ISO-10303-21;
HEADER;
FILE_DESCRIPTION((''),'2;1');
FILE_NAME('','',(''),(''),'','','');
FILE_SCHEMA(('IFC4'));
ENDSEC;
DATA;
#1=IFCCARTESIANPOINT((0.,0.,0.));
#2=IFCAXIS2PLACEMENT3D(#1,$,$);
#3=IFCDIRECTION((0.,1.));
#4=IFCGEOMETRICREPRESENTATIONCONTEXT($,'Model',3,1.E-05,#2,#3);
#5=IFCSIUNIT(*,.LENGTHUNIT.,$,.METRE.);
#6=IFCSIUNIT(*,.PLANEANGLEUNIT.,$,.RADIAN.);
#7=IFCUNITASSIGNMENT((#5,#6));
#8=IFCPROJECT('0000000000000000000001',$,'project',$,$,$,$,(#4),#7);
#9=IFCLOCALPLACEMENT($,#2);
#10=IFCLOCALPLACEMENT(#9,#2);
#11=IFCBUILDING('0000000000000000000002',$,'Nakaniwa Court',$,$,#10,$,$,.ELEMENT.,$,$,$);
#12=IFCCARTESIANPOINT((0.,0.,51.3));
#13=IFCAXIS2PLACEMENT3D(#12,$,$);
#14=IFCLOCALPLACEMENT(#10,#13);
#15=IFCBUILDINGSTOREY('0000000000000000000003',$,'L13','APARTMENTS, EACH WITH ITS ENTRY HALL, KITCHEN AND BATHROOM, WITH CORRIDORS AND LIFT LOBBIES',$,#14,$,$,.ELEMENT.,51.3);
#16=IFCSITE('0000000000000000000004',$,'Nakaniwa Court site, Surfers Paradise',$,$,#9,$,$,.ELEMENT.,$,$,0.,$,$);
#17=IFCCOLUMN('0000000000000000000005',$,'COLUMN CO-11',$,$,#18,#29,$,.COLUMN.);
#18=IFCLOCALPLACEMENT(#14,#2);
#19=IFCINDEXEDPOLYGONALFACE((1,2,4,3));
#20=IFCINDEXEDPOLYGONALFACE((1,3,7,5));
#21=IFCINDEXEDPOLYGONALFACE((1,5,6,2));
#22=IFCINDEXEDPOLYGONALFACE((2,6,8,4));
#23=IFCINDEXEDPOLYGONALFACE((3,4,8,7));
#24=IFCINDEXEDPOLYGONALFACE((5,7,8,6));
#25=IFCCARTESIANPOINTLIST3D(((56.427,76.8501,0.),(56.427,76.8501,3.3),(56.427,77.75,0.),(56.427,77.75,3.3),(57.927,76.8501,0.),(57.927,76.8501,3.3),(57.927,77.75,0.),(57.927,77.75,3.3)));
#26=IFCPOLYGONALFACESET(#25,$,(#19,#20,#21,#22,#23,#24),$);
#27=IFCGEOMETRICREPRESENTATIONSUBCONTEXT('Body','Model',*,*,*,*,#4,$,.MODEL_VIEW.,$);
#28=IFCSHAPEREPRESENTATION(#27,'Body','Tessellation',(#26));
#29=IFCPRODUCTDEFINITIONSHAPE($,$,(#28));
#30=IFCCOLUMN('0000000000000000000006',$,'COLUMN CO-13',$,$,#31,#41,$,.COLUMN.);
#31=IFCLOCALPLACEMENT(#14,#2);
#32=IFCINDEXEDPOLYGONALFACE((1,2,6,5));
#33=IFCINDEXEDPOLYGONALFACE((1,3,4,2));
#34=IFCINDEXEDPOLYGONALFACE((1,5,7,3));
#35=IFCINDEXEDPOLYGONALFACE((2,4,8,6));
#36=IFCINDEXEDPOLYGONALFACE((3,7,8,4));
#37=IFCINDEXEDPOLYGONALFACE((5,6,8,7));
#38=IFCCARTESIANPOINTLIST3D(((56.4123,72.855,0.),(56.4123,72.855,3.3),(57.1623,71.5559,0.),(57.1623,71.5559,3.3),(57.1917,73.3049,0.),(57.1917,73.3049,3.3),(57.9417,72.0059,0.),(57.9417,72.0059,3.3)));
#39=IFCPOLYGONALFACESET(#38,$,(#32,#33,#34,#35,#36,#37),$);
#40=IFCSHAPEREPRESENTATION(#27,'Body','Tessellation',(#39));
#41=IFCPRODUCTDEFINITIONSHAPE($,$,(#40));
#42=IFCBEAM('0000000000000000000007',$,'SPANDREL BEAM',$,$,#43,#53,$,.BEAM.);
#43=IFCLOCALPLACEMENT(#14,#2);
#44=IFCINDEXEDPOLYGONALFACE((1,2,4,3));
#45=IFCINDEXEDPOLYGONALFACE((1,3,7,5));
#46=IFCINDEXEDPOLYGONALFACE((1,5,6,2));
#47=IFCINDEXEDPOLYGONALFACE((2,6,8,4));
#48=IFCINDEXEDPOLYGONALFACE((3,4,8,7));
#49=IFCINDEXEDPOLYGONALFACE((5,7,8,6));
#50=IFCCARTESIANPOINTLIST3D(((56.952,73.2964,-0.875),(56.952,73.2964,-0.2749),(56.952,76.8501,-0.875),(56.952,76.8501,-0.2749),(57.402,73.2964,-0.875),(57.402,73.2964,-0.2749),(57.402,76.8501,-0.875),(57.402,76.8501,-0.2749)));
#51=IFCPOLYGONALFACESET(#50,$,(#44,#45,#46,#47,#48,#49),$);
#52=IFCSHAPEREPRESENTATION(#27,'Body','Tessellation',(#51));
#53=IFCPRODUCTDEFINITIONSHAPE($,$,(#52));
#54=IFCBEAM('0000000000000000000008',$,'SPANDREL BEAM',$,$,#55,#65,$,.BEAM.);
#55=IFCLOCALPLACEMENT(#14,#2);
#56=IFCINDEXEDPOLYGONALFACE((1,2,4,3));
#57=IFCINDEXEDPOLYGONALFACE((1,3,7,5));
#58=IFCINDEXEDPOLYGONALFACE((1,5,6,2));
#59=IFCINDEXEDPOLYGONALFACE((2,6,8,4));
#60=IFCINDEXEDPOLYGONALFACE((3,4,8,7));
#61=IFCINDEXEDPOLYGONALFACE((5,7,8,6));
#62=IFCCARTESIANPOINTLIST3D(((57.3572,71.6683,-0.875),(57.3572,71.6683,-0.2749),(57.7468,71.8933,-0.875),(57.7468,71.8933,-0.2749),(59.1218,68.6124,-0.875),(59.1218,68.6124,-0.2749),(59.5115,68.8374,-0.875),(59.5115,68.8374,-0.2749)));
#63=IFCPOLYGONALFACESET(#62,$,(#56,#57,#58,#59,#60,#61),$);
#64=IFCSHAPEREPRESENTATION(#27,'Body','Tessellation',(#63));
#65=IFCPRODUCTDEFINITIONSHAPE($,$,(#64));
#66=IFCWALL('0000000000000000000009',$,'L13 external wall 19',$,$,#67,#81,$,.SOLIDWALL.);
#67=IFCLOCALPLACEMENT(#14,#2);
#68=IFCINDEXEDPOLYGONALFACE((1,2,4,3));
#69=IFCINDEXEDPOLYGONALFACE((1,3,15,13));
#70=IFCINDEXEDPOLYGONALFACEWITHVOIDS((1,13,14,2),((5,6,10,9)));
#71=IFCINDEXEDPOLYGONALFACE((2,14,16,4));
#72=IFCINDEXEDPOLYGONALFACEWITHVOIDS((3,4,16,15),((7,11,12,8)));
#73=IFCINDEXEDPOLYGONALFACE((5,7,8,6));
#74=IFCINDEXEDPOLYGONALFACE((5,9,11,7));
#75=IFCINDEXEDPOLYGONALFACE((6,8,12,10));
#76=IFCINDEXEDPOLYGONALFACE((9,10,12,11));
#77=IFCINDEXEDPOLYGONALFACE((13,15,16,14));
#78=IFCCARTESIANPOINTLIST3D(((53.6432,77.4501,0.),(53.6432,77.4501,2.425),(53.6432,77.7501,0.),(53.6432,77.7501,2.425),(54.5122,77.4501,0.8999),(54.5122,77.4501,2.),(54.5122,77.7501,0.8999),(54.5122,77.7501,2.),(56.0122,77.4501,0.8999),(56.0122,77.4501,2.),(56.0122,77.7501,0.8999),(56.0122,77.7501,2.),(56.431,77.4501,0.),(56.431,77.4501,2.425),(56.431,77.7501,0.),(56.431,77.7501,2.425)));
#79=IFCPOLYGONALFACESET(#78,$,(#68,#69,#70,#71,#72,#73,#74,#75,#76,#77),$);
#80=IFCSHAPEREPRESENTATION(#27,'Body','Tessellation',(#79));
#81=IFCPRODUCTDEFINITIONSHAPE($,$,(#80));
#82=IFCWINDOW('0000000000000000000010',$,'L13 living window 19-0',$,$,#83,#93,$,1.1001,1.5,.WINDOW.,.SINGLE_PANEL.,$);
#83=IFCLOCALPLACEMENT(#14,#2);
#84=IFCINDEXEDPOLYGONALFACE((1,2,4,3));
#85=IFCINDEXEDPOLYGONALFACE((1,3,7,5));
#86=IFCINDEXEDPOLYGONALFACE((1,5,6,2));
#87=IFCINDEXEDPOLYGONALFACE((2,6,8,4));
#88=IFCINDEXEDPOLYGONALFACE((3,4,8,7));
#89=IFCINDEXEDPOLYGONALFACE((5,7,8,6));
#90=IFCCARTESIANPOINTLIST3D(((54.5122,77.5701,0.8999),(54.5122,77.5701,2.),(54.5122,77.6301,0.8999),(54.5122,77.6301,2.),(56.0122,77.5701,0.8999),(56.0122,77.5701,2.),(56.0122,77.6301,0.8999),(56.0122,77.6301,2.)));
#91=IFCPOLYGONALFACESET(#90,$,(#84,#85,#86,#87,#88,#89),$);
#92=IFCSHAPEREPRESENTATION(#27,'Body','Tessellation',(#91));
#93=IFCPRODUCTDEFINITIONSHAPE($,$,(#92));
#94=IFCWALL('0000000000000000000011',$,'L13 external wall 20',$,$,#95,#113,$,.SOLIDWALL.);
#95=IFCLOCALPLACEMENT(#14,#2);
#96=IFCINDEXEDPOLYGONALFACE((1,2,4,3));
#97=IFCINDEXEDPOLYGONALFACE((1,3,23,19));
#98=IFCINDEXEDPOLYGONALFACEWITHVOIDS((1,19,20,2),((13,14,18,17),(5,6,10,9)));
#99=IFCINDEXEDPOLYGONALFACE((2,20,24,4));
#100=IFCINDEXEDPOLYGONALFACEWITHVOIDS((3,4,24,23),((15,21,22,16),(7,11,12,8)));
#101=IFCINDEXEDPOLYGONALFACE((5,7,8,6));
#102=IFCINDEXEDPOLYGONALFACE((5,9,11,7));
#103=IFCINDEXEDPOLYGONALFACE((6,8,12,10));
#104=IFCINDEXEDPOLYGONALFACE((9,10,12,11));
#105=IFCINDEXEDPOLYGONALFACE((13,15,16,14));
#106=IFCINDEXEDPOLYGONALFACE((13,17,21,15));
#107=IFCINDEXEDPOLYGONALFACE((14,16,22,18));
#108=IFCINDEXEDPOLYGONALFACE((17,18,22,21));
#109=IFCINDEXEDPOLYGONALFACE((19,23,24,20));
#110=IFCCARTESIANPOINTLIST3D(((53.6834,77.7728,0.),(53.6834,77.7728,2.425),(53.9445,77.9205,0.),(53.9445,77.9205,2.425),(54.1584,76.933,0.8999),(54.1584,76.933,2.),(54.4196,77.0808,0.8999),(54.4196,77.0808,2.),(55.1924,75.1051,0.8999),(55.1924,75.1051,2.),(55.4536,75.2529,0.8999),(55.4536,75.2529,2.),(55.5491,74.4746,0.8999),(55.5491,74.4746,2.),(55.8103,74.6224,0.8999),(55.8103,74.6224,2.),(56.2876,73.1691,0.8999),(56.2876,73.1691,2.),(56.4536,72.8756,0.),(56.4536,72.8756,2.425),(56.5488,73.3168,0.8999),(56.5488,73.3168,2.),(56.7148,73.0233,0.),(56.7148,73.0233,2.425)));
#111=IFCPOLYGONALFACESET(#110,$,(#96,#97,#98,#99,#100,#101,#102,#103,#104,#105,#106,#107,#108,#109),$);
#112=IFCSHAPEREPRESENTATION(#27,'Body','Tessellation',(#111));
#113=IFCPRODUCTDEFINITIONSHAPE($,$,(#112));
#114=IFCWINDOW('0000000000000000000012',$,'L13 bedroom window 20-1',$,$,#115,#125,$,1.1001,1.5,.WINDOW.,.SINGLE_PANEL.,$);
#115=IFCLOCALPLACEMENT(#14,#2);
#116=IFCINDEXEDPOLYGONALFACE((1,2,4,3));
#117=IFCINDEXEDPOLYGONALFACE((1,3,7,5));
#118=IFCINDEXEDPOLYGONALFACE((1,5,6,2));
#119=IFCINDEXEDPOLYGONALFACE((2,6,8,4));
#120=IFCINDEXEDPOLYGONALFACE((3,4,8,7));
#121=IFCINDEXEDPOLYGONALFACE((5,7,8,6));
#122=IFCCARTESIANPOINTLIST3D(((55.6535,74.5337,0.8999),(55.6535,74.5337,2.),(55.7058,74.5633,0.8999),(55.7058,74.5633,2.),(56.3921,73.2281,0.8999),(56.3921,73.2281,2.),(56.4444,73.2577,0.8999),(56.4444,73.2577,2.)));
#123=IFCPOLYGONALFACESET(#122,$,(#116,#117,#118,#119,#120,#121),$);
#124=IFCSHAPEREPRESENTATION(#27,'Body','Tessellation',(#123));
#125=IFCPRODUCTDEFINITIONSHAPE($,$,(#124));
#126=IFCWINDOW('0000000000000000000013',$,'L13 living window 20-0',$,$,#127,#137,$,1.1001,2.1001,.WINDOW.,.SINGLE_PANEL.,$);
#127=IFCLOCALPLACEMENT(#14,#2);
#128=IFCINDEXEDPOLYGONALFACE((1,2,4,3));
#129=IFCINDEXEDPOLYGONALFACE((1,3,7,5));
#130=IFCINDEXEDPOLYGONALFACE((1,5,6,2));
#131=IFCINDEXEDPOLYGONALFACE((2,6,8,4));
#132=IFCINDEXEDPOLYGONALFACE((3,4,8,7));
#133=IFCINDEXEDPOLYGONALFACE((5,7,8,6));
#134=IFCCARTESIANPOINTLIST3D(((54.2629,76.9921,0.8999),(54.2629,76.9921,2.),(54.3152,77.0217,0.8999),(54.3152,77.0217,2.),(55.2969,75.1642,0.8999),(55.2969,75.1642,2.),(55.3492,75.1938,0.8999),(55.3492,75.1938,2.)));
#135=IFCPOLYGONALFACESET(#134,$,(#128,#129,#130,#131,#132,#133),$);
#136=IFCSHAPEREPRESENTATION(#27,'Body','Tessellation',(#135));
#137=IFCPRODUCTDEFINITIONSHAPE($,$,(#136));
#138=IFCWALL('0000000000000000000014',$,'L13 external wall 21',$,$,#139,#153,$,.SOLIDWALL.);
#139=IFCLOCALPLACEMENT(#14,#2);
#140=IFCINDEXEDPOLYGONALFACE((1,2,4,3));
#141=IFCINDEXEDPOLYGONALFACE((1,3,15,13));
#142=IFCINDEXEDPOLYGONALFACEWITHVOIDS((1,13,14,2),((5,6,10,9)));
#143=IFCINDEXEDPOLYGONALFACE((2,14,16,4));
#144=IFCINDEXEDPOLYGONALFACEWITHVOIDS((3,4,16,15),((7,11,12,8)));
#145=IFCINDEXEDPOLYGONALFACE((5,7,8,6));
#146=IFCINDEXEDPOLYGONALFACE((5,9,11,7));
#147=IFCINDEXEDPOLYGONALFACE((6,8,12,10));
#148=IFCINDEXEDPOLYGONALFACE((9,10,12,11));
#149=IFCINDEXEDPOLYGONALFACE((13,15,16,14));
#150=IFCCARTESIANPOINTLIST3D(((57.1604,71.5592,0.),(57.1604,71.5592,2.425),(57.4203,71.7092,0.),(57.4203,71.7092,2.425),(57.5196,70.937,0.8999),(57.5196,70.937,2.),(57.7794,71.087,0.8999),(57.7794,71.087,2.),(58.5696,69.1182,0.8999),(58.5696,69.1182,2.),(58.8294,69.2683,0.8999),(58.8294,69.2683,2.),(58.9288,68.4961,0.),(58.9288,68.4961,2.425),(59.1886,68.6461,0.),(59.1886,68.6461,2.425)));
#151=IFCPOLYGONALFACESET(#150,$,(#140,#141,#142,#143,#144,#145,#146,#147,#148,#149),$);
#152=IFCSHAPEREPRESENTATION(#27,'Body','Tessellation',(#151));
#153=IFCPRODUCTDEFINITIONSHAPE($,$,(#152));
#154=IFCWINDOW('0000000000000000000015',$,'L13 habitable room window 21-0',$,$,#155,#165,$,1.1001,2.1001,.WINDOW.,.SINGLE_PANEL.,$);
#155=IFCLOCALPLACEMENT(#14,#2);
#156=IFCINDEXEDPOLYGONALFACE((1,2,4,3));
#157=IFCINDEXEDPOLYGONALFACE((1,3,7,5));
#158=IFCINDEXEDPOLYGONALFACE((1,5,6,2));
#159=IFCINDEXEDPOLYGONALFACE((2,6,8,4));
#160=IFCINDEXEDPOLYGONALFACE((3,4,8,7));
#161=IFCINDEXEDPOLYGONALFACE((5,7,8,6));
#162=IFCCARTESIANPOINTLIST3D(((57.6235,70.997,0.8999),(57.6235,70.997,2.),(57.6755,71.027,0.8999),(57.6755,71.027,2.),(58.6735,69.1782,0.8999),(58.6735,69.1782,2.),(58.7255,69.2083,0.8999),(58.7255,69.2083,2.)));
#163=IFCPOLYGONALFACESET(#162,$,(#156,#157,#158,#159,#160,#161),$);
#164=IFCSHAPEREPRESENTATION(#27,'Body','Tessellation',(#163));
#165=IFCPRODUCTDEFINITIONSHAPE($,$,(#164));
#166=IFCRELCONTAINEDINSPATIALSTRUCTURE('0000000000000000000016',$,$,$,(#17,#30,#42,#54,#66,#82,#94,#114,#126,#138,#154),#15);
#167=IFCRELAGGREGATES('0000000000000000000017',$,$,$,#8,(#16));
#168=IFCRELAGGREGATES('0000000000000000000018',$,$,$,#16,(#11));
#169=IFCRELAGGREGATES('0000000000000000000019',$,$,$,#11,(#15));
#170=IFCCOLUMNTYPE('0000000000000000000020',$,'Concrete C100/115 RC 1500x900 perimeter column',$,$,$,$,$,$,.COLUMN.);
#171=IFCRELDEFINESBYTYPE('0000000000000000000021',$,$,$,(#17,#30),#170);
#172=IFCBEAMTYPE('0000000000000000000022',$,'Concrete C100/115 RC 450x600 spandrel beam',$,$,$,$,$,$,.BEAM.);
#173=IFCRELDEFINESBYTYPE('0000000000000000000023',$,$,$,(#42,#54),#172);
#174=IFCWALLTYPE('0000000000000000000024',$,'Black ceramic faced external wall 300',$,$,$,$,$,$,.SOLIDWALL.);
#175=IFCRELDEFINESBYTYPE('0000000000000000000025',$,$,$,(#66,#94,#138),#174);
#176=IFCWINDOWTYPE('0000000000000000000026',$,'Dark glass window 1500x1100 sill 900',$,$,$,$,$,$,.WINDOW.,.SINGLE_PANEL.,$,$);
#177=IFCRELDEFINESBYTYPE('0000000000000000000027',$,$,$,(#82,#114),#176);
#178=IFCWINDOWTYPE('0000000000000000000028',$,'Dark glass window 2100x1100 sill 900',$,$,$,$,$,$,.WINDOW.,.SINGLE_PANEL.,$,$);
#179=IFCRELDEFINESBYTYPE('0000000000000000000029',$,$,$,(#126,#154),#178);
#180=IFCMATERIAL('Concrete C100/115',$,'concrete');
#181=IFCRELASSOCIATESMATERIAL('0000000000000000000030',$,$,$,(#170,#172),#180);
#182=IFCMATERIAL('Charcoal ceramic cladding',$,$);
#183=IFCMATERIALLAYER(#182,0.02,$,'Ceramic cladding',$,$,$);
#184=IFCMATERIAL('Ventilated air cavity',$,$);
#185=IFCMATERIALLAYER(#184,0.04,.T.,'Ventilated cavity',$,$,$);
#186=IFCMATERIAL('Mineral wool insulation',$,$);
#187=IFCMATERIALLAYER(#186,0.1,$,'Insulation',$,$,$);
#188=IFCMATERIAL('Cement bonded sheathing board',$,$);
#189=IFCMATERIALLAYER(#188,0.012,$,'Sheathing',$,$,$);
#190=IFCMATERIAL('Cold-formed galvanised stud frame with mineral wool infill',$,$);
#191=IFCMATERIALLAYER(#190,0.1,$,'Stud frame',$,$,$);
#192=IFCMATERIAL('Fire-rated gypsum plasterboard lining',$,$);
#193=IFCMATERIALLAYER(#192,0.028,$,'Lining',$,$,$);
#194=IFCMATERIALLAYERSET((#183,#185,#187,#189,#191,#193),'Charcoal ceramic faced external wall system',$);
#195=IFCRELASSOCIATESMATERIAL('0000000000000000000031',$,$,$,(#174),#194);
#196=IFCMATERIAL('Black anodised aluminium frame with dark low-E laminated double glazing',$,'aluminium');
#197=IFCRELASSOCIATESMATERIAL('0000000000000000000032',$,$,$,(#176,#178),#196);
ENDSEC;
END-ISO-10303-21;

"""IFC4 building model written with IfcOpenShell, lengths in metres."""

from ifc_helpers import new_model, si_unit, direction, frame, frame_2d, origin, origin_2d, place, context, subcontext, project, spatial, rectangle, extrude, material, layer, layer_set, material_profile, profile_set, type_object, element, fill, save


model = new_model("IFC4")

# Units and contexts
model_context = context("Model", 3, precision=1e-05, world=origin(), true_north=direction((0.0, 1.0)))
body_context = subcontext(model_context, "Body", "Model", "MODEL_VIEW")
ifc_project = project(units=[si_unit("LENGTHUNIT", "METRE"), si_unit("PLANEANGLEUNIT", "RADIAN")], contexts=[model_context])

# Site, building, storey
site_placement = place(None, origin())
site = spatial("IfcSite", under=ifc_project, at=site_placement, Name="Nakaniwa Court site, Surfers Paradise", CompositionType="ELEMENT", RefElevation=0.0)
building_placement = place(site_placement, origin())
building = spatial("IfcBuilding", under=site, at=building_placement, Name="Nakaniwa Court", CompositionType="ELEMENT")
storey_placement = place(building_placement, frame((0.0, 0.0, 51.3)))
storey = spatial("IfcBuildingStorey", under=building, at=storey_placement, Name="L13", Description="APARTMENTS, EACH WITH ITS ENTRY HALL, KITCHEN AND BATHROOM, WITH CORRIDORS AND LIFT LOBBIES", CompositionType="ELEMENT", Elevation=51.3)

# Columns
ifc_material_1 = material(Name="Concrete C100/115", Category="concrete")
ifc_material_profile_1 = material_profile(ifc_material_1, rectangle(XDim=1.5, YDim=0.8999, at=origin_2d()), Name="Concrete C100/115 RC 1500x900 perimeter column")
ifc_profile_set_1 = profile_set([ifc_material_profile_1], Name="Concrete C100/115")
column_type = type_object("IfcColumnType", Name="Concrete C100/115 RC 1500x900 perimeter column", PredefinedType="COLUMN", material=ifc_profile_set_1)
for number, where, z_axis, x_axis, name in (
    (1, (57.177, 77.3, 0.0), (0.0, 0.0, 1.0), (-1.0, 0.0, 0.0), "COLUMN CO-11"),
    (2, (57.177, 72.4304, 0.0), (0.0, 0.0, 1.0), (0.5, -0.866025, 0.0), "COLUMN CO-13"),
):
    element("IfcColumn", number, at=place(storey_placement, frame(where, z_axis=z_axis, x_axis=x_axis)), inside=storey, type_object=column_type, Name=name, PredefinedType="COLUMN", context=body_context, shape_type="SweptSolid", body=[
        extrude(rectangle(XDim=1.5, YDim=0.8999, at=origin_2d()), origin(), (0.0, 0.0, 1.0), 3.3),
    ])

# Beams
ifc_material_profile_2 = material_profile(ifc_material_1, rectangle(XDim=0.45, YDim=0.6001, at=origin_2d()), Name="Concrete C100/115 RC 450x600 spandrel beam")
ifc_profile_set_2 = profile_set([ifc_material_profile_2], Name="Concrete C100/115")
beam_type = type_object("IfcBeamType", Name="Concrete C100/115 RC 450x600 spandrel beam", PredefinedType="BEAM", material=ifc_profile_set_2)
beam_1_placement = place(storey_placement, frame((57.177, 76.8501, -0.575), z_axis=(0.0, -1.0, 0.0), x_axis=(1.0, 0.0, 0.0)))
element("IfcBeam", 3, at=beam_1_placement, inside=storey, type_object=beam_type, Name="SPANDREL BEAM", PredefinedType="BEAM", context=body_context, shape_type="SweptSolid", body=[
    extrude(rectangle(XDim=0.45, YDim=0.6001, at=origin_2d()), origin(), (0.0, 0.0, 1.0), 3.5537),
])
beam_2_placement = place(storey_placement, frame((57.552, 71.7808, -0.575), z_axis=(0.500068, -0.865986, 0.0), x_axis=(0.865986, 0.500068, 0.0)))
element("IfcBeam", 4, at=beam_2_placement, inside=storey, type_object=beam_type, Name="SPANDREL BEAM", PredefinedType="BEAM", context=body_context, shape_type="SweptSolid", body=[
    extrude(rectangle(XDim=0.45, YDim=0.6001, at=origin_2d()), origin(), (0.0, 0.0, 1.0), 3.5288),
])

# Wall, opening, window
ifc_material_2 = material(Name="Charcoal ceramic cladding")
ifc_layer_1 = layer(ifc_material_2, 0.02, Name="Ceramic cladding")
ifc_material_3 = material(Name="Ventilated air cavity")
ifc_layer_2 = layer(ifc_material_3, 0.04, ventilated=True, Name="Ventilated cavity")
ifc_material_4 = material(Name="Mineral wool insulation")
ifc_layer_3 = layer(ifc_material_4, 0.1, Name="Insulation")
ifc_material_5 = material(Name="Cement bonded sheathing board")
ifc_layer_4 = layer(ifc_material_5, 0.012, Name="Sheathing")
ifc_material_6 = material(Name="Cold-formed galvanised stud frame with mineral wool infill")
ifc_layer_5 = layer(ifc_material_6, 0.1, Name="Stud frame")
ifc_material_7 = material(Name="Fire-rated gypsum plasterboard lining")
ifc_layer_6 = layer(ifc_material_7, 0.028, Name="Lining")
ifc_layer_set_1 = layer_set([ifc_layer_1, ifc_layer_2, ifc_layer_3, ifc_layer_4, ifc_layer_5, ifc_layer_6], Name="Charcoal ceramic faced external wall system")
wall_type_1 = type_object("IfcWallType", Name="Black ceramic faced external wall 300", PredefinedType="SOLIDWALL", material=ifc_layer_set_1)
wall_1_placement = place(storey_placement, frame((56.4312, 77.6001, 0.0), z_axis=(0.0, 0.0, 1.0), x_axis=(-1.0, 0.0, 0.0)))
wall_1 = element("IfcWall", 5, at=wall_1_placement, inside=storey, type_object=wall_type_1, Name="L13 external wall 19", PredefinedType="SOLIDWALL", context=body_context, shape_type="SweptSolid", body=[
    extrude(rectangle(XDim=2.7878, YDim=0.3, at=frame_2d((1.394, 0.0))), origin(), (0.0, 0.0, 1.0), 2.425),
])
opening_1_placement = place(wall_1_placement, frame((0.4189, 0.0, 0.8999)))
opening_1 = element("IfcOpeningElement", 6, at=opening_1_placement, cuts=wall_1, PredefinedType="OPENING", context=body_context, shape_type="SweptSolid", body=[
    extrude(rectangle(XDim=1.5, YDim=1.1001, at=frame_2d((0.75, 0.55))), frame((0.0, 0.1599, 0.0), z_axis=(0.0, -1.0, 0.0), x_axis=(1.0, 0.0, 0.0)), (0.0, 0.0, 1.0), 0.3201),
])
ifc_material_8 = material(Name="Black anodised aluminium frame with dark low-E laminated double glazing", Category="aluminium")
window_type_1 = type_object("IfcWindowType", Name="Dark glass window 1500x1100 sill 900", PartitioningType="SINGLE_PANEL", PredefinedType="WINDOW", material=ifc_material_8)
window_1_placement = place(opening_1_placement, origin())
window_1 = element("IfcWindow", 7, at=window_1_placement, inside=storey, type_object=window_type_1, Name="L13 living window 19-0", OverallHeight=1.1001, OverallWidth=1.5, PartitioningType="SINGLE_PANEL", PredefinedType="WINDOW", context=body_context, shape_type="SweptSolid", body=[
    extrude(rectangle(XDim=1.5, YDim=1.1001, at=frame_2d((0.75, 0.55))), frame((0.0, 0.03, 0.0), z_axis=(0.0, -1.0, 0.0), x_axis=(1.0, 0.0, 0.0)), (0.0, 0.0, 1.0), 0.0601),
])
fill(opening_1, window_1)

# Wall, openings, windows
wall_2_placement = place(storey_placement, frame((53.814, 77.8467, 0.0), z_axis=(0.0, 0.0, 1.0), x_axis=(0.492363, -0.87039, 0.0)))
wall_2 = element("IfcWall", 8, at=wall_2_placement, inside=storey, type_object=wall_type_1, Name="L13 external wall 20", PredefinedType="SOLIDWALL", context=body_context, shape_type="SweptSolid", body=[
    extrude(rectangle(XDim=5.6265, YDim=0.3, at=frame_2d((2.8132, 0.0))), origin(), (0.0, 0.0, 1.0), 2.425),
])
opening_2_placement = place(wall_2_placement, frame((0.9648, 0.0, 0.8999)))
opening_2 = element("IfcOpeningElement", 9, at=opening_2_placement, cuts=wall_2, PredefinedType="OPENING", context=body_context, shape_type="SweptSolid", body=[
    extrude(rectangle(XDim=2.1001, YDim=1.1001, at=frame_2d((1.05, 0.55))), frame((0.0, 0.1599, 0.0), z_axis=(0.0, -1.0, 0.0), x_axis=(1.0, 0.0, 0.0)), (0.0, 0.0, 1.0), 0.3201),
])
opening_3_placement = place(wall_2_placement, frame((3.7893, 0.0, 0.8999)))
opening_3 = element("IfcOpeningElement", 10, at=opening_3_placement, cuts=wall_2, PredefinedType="OPENING", context=body_context, shape_type="SweptSolid", body=[
    extrude(rectangle(XDim=1.5, YDim=1.1001, at=frame_2d((0.75, 0.55))), frame((0.0, 0.1599, 0.0), z_axis=(0.0, -1.0, 0.0), x_axis=(1.0, 0.0, 0.0)), (0.0, 0.0, 1.0), 0.3201),
])
window_2_placement = place(opening_3_placement, origin())
window_2 = element("IfcWindow", 11, at=window_2_placement, inside=storey, type_object=window_type_1, Name="L13 bedroom window 20-1", OverallHeight=1.1001, OverallWidth=1.5, PartitioningType="SINGLE_PANEL", PredefinedType="WINDOW", context=body_context, shape_type="SweptSolid", body=[
    extrude(rectangle(XDim=1.5, YDim=1.1001, at=frame_2d((0.75, 0.55))), frame((0.0, 0.03, 0.0), z_axis=(0.0, -1.0, 0.0), x_axis=(1.0, 0.0, 0.0)), (0.0, 0.0, 1.0), 0.0601),
])
fill(opening_3, window_2)
window_type_2 = type_object("IfcWindowType", Name="Dark glass window 2100x1100 sill 900", PartitioningType="SINGLE_PANEL", PredefinedType="WINDOW", material=ifc_material_8)
window_3_placement = place(opening_2_placement, origin())
window_3 = element("IfcWindow", 12, at=window_3_placement, inside=storey, type_object=window_type_2, Name="L13 living window 20-0", OverallHeight=1.1001, OverallWidth=2.1001, PartitioningType="SINGLE_PANEL", PredefinedType="WINDOW", context=body_context, shape_type="SweptSolid", body=[
    extrude(rectangle(XDim=2.1001, YDim=1.1001, at=frame_2d((1.05, 0.55))), frame((0.0, 0.03, 0.0), z_axis=(0.0, -1.0, 0.0), x_axis=(1.0, 0.0, 0.0)), (0.0, 0.0, 1.0), 0.0601),
])
fill(opening_2, window_3)

# Wall, opening, window
wall_3_placement = place(storey_placement, frame((57.2903, 71.6343, 0.0), z_axis=(0.0, 0.0, 1.0), x_axis=(0.499977, -0.866038, 0.0)))
wall_3 = element("IfcWall", 13, at=wall_3_placement, inside=storey, type_object=wall_type_1, Name="L13 external wall 21", PredefinedType="SOLIDWALL", context=body_context, shape_type="SweptSolid", body=[
    extrude(rectangle(XDim=3.5369, YDim=0.3, at=frame_2d((1.7686, 0.0))), origin(), (0.0, 0.0, 1.0), 2.425),
])
opening_4_placement = place(wall_3_placement, frame((0.7185, 0.0, 0.8999)))
opening_4 = element("IfcOpeningElement", 14, at=opening_4_placement, cuts=wall_3, PredefinedType="OPENING", context=body_context, shape_type="SweptSolid", body=[
    extrude(rectangle(XDim=2.1001, YDim=1.1001, at=frame_2d((1.05, 0.55))), frame((0.0, 0.1599, 0.0), z_axis=(0.0, -1.0, 0.0), x_axis=(1.0, 0.0, 0.0)), (0.0, 0.0, 1.0), 0.3201),
])
window_4_placement = place(opening_4_placement, origin())
window_4 = element("IfcWindow", 15, at=window_4_placement, inside=storey, type_object=window_type_2, Name="L13 habitable room window 21-0", OverallHeight=1.1001, OverallWidth=2.1001, PartitioningType="SINGLE_PANEL", PredefinedType="WINDOW", context=body_context, shape_type="SweptSolid", body=[
    extrude(rectangle(XDim=2.1001, YDim=1.1001, at=frame_2d((1.05, 0.55))), frame((0.0, 0.03, 0.0), z_axis=(0.0, -1.0, 0.0), x_axis=(1.0, 0.0, 0.0)), (0.0, 0.0, 1.0), 0.0601),
])
fill(opening_4, window_4)

save(model, "model.ifc")
